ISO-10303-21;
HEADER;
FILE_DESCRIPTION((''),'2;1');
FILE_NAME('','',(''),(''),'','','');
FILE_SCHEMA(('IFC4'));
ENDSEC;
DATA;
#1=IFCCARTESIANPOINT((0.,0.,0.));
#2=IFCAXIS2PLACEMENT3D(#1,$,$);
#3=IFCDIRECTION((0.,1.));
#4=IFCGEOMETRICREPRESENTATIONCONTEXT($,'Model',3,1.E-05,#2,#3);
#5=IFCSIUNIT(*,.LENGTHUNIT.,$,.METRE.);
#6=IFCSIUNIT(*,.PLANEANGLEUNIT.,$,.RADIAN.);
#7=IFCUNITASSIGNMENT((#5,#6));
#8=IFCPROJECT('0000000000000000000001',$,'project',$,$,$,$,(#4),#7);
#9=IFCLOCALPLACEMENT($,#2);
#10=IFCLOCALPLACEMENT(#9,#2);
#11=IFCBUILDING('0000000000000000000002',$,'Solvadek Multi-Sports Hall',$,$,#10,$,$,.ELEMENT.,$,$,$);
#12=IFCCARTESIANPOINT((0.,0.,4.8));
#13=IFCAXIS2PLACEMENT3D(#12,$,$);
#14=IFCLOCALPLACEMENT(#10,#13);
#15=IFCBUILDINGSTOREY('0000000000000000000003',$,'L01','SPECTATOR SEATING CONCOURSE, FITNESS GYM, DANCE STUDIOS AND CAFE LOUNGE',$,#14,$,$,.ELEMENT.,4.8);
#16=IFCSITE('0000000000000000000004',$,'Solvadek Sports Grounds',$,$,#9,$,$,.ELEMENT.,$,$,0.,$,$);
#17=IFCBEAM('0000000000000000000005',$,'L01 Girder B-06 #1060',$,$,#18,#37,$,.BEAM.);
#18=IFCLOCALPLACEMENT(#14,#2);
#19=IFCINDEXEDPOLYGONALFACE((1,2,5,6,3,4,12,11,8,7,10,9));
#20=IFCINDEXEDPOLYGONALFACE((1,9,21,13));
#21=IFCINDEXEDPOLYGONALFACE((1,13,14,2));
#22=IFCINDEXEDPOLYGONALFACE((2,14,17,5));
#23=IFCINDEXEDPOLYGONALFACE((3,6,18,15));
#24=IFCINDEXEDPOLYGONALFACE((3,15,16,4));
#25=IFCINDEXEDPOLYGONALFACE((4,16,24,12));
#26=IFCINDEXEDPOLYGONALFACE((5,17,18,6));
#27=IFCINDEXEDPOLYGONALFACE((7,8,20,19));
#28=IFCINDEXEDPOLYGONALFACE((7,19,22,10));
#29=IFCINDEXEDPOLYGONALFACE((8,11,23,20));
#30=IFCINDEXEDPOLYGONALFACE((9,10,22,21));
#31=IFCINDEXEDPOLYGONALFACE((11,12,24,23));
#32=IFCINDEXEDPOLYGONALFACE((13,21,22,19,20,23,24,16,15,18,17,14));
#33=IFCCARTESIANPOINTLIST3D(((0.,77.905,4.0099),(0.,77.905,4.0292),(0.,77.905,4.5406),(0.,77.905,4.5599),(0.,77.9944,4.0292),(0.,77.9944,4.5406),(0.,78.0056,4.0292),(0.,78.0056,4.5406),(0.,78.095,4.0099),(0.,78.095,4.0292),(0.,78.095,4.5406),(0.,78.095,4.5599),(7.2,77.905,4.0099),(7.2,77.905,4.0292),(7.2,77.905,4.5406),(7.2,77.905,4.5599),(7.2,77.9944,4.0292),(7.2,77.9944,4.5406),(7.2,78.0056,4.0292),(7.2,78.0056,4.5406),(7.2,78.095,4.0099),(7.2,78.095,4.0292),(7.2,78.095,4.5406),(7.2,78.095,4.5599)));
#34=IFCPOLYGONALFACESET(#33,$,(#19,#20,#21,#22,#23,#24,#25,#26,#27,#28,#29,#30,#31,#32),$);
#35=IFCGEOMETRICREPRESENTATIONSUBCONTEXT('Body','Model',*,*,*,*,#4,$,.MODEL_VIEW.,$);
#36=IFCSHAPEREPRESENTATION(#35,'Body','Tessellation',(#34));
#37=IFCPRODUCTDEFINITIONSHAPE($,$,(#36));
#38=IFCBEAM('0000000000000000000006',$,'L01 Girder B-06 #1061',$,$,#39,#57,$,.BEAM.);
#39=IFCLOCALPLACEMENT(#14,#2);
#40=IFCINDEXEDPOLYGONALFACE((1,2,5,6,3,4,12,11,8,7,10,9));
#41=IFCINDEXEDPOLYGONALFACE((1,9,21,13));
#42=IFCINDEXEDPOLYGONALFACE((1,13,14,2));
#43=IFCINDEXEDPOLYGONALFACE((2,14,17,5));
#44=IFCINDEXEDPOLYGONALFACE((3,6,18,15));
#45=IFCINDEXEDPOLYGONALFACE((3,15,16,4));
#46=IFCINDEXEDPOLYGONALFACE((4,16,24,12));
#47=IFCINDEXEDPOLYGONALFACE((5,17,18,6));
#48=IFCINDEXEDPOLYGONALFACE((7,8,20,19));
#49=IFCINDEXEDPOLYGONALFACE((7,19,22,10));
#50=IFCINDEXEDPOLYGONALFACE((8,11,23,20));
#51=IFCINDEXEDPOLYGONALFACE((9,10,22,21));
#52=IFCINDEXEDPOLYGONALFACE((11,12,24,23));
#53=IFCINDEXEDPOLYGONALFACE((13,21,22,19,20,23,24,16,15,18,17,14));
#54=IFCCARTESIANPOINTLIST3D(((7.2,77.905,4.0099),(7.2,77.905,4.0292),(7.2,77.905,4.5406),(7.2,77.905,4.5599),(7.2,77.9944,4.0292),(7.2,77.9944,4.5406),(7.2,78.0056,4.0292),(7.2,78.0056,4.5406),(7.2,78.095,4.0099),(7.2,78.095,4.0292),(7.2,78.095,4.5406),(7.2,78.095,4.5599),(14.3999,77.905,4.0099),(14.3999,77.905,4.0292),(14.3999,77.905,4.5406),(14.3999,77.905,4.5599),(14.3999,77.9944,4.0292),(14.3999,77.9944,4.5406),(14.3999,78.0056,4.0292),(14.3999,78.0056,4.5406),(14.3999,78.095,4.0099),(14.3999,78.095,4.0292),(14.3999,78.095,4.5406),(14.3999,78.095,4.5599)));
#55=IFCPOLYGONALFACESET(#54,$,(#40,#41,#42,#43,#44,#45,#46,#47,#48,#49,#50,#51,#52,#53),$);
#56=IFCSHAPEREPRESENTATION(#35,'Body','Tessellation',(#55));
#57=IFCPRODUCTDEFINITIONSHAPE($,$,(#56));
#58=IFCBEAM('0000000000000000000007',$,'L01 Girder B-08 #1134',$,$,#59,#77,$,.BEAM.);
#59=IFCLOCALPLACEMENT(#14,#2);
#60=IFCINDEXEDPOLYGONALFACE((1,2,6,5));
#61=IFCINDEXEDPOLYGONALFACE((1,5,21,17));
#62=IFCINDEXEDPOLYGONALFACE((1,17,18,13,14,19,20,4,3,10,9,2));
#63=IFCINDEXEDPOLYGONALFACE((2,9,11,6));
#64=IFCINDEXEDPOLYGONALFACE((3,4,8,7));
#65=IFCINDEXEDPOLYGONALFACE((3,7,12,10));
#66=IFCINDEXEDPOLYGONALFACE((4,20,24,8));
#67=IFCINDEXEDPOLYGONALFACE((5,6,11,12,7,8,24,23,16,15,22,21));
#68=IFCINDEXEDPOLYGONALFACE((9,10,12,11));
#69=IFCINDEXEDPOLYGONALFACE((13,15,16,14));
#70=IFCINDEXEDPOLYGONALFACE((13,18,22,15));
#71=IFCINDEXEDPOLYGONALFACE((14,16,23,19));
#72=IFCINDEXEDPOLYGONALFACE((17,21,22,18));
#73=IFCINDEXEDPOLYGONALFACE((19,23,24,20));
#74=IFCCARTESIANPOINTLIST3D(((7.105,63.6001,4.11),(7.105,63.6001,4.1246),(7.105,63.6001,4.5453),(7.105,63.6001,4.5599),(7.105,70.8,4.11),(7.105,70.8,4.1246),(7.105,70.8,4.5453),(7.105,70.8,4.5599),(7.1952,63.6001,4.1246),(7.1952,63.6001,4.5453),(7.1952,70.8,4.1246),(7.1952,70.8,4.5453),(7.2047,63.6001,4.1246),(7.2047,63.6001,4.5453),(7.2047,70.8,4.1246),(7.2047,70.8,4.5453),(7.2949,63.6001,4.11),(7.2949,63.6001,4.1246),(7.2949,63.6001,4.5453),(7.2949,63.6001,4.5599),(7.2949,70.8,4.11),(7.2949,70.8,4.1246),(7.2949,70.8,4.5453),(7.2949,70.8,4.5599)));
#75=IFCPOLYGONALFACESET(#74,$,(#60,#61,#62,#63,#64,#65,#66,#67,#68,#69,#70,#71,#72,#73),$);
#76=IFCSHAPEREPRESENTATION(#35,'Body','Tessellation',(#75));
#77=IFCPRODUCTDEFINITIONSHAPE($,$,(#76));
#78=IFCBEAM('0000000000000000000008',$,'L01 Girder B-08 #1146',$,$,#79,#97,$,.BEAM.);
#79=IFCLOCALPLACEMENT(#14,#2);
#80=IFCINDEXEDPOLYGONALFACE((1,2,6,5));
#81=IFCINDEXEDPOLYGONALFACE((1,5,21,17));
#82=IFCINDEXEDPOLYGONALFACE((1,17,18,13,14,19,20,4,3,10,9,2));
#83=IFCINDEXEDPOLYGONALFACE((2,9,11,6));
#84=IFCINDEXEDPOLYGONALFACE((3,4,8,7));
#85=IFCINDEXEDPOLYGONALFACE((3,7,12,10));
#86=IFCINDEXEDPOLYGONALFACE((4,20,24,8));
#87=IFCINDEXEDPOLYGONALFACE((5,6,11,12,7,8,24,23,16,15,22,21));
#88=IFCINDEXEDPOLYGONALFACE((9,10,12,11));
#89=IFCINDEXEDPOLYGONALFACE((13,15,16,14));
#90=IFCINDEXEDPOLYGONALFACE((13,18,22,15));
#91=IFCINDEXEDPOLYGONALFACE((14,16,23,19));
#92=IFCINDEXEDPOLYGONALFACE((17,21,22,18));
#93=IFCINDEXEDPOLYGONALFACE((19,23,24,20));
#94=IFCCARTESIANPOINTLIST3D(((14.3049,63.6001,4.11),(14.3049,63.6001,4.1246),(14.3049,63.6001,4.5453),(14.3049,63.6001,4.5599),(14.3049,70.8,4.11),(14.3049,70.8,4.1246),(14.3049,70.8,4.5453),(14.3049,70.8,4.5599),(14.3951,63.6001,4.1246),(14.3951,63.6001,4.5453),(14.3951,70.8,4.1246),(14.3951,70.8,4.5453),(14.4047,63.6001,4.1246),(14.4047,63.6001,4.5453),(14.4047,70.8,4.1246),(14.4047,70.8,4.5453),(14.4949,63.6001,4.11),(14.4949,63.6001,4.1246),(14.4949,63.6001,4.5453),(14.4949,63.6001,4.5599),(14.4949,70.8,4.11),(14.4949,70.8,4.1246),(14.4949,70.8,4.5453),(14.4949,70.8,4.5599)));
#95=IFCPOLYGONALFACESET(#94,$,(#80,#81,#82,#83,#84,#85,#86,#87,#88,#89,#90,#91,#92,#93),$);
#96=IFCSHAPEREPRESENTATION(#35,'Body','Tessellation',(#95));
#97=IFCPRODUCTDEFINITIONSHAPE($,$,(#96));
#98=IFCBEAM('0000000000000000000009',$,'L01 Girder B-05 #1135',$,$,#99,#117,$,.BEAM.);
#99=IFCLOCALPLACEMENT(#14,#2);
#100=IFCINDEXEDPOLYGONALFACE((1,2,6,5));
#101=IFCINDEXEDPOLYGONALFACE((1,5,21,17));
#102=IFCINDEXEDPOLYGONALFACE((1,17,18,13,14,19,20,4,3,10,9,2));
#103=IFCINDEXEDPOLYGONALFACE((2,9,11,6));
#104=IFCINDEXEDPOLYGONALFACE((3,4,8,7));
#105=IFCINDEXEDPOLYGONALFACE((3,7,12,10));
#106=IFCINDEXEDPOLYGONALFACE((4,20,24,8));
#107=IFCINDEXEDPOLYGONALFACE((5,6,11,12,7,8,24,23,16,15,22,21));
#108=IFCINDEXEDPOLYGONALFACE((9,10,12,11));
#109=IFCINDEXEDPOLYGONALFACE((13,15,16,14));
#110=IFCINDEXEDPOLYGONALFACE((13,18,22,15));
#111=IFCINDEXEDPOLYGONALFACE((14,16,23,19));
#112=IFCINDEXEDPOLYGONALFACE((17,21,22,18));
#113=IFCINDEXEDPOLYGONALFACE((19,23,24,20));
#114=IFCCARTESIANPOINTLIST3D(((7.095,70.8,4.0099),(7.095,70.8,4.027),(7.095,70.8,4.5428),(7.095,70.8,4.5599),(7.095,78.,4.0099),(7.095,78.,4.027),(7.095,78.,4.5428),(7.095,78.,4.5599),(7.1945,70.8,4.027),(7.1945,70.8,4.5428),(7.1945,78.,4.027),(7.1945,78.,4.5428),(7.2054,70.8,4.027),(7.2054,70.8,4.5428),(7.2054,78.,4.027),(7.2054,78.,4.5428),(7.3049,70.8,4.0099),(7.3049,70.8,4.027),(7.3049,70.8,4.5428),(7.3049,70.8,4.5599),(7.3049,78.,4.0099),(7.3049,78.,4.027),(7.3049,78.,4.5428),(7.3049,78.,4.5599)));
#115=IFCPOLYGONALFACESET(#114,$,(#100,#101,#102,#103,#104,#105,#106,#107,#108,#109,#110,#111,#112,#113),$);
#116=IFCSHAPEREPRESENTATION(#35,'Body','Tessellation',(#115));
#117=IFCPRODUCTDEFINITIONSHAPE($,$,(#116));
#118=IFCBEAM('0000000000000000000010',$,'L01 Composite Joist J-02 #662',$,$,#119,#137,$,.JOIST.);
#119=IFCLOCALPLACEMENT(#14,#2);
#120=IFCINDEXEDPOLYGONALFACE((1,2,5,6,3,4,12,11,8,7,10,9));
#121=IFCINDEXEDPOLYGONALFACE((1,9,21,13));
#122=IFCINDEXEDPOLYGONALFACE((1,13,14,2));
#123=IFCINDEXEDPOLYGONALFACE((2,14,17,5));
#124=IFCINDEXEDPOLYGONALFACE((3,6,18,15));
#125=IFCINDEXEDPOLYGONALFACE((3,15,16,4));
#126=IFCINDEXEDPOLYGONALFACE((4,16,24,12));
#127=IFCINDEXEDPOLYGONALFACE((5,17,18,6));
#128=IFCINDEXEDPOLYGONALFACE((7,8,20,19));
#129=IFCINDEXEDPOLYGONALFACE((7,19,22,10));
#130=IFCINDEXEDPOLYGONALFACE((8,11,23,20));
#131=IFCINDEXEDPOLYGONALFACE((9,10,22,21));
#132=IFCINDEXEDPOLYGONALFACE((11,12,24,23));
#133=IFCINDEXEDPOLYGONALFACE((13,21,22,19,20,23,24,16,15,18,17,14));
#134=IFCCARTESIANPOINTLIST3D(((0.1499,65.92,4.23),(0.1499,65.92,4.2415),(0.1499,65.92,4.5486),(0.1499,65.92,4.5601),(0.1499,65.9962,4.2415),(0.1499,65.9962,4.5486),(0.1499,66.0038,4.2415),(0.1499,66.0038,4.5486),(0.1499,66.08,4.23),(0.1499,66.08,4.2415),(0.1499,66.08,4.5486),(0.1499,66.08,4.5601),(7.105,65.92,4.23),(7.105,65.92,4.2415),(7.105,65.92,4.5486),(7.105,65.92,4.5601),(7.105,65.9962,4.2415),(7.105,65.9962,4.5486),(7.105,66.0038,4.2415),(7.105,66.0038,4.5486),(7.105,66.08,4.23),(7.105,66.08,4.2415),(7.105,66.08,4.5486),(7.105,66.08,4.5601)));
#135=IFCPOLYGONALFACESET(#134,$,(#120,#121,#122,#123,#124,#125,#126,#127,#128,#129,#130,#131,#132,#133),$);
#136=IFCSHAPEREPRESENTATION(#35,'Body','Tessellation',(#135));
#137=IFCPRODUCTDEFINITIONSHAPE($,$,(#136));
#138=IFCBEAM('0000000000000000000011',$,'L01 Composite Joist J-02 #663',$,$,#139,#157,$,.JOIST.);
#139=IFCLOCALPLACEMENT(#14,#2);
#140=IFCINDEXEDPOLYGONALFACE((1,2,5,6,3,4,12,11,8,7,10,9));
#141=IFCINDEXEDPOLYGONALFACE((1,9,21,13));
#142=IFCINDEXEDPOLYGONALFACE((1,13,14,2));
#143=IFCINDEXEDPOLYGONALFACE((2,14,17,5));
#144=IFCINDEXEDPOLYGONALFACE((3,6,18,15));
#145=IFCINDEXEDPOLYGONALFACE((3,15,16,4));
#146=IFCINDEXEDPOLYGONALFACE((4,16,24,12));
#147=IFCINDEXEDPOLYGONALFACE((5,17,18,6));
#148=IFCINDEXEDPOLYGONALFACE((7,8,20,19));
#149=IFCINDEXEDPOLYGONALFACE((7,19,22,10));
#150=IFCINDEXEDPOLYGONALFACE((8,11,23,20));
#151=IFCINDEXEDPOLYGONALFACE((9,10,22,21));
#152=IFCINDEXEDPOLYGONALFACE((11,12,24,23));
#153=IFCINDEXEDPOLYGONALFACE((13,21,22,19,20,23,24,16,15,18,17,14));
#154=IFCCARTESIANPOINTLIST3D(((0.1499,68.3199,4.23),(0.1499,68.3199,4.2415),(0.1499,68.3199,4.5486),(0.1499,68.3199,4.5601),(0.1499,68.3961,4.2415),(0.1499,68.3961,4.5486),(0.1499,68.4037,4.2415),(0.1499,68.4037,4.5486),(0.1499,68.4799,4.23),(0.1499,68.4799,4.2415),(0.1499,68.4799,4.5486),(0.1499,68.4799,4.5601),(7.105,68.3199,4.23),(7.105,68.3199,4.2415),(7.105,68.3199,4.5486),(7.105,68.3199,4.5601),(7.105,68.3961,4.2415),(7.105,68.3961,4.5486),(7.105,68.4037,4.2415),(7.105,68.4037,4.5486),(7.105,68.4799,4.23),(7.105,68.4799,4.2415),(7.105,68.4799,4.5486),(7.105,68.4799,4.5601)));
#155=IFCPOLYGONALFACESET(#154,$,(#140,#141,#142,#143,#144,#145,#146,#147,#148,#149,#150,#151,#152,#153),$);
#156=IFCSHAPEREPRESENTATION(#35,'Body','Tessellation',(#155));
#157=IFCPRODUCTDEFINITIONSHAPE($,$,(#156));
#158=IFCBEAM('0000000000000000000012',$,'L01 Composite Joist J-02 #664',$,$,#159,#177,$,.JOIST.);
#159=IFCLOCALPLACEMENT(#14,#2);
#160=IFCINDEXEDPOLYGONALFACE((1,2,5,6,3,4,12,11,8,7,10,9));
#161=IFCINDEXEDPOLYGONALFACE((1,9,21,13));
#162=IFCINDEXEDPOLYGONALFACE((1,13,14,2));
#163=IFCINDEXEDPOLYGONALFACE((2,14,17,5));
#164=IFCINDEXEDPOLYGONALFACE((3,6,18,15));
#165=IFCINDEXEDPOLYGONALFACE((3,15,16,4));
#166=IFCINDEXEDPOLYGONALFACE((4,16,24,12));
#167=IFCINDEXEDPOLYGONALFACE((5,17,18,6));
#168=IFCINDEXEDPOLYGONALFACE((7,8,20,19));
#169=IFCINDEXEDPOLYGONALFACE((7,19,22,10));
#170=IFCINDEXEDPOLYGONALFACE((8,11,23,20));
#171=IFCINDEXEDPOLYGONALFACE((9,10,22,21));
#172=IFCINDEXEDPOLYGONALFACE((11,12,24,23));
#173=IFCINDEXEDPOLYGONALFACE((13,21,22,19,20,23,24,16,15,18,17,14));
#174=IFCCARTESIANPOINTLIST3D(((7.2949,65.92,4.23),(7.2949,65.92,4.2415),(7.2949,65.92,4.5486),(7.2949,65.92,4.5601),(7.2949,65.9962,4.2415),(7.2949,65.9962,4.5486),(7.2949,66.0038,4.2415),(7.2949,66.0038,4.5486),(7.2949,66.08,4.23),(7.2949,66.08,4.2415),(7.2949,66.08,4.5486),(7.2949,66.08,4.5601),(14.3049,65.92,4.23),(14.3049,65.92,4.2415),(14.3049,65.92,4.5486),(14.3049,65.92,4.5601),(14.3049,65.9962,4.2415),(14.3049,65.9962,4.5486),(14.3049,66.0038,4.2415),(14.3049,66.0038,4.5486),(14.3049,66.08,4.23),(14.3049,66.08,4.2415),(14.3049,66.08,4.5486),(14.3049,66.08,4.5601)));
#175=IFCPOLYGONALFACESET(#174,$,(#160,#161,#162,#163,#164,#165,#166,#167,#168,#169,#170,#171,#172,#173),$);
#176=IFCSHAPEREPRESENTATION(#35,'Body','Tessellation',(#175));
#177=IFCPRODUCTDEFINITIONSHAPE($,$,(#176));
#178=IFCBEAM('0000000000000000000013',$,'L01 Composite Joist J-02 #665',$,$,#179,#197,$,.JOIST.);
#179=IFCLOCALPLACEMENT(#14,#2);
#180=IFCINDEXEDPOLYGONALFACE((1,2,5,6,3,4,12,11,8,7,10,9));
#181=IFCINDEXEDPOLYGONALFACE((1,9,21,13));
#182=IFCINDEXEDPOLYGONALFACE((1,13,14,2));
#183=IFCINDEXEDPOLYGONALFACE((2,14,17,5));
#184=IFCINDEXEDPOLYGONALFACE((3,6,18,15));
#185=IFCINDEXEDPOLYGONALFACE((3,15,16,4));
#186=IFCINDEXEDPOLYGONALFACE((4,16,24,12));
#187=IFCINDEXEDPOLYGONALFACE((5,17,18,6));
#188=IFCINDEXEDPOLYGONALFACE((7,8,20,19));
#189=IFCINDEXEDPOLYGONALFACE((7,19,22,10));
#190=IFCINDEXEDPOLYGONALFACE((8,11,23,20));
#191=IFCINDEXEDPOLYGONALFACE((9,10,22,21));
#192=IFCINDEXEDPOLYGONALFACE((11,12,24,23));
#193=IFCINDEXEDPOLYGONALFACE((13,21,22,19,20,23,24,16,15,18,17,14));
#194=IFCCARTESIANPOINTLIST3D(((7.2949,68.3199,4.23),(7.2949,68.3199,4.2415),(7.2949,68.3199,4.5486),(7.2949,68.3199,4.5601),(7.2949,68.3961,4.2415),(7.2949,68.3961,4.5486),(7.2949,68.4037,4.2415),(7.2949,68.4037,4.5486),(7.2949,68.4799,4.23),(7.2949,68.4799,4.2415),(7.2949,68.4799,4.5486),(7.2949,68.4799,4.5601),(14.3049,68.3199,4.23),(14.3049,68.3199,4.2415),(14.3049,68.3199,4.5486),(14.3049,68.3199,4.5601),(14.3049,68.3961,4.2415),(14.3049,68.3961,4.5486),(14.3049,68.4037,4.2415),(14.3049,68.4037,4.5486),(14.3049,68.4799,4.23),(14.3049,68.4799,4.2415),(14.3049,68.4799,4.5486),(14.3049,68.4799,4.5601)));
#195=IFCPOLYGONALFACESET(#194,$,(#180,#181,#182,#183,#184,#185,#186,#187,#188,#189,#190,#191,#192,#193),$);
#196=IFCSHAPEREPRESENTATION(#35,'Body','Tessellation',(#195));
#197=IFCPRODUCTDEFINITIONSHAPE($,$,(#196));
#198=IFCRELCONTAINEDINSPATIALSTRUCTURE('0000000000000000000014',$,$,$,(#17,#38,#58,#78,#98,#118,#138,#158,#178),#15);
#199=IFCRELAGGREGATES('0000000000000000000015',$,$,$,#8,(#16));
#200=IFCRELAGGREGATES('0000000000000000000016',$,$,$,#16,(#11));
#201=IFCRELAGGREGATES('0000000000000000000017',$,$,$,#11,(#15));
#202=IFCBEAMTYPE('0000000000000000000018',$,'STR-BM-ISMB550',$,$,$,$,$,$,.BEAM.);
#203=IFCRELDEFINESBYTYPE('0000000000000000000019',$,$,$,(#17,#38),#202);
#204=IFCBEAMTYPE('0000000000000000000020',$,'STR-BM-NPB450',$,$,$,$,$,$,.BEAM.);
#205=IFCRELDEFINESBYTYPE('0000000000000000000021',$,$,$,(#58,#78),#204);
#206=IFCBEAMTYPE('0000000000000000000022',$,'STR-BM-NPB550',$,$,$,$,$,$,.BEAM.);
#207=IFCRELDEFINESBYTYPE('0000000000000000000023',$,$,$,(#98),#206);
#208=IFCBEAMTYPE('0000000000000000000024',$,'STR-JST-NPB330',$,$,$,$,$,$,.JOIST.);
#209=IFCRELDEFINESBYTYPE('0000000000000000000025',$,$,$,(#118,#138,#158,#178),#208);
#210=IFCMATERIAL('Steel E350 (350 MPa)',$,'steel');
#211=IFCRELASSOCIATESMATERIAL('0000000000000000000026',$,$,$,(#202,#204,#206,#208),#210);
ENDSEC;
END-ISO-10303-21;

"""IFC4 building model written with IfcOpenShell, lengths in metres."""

from ifc_helpers import new_model, si_unit, direction, frame, origin, origin_2d, place, context, subcontext, project, spatial, i_section, extrude, material, material_profile, profile_set, type_object, element, save


model = new_model("IFC4")

# Units and contexts
model_context = context("Model", 3, precision=1e-05, world=origin(), true_north=direction((0.0, 1.0)))
body_context = subcontext(model_context, "Body", "Model", "MODEL_VIEW")
ifc_project = project(units=[si_unit("LENGTHUNIT", "METRE"), si_unit("PLANEANGLEUNIT", "RADIAN")], contexts=[model_context])

# Site, building, storey
site_placement = place(None, origin())
site = spatial("IfcSite", under=ifc_project, at=site_placement, Name="Solvadek Sports Grounds", CompositionType="ELEMENT", RefElevation=0.0)
building_placement = place(site_placement, origin())
building = spatial("IfcBuilding", under=site, at=building_placement, Name="Solvadek Multi-Sports Hall", CompositionType="ELEMENT")
storey_placement = place(building_placement, frame((0.0, 0.0, 4.8)))
storey = spatial("IfcBuildingStorey", under=building, at=storey_placement, Name="L01", Description="SPECTATOR SEATING CONCOURSE, FITNESS GYM, DANCE STUDIOS AND CAFE LOUNGE", CompositionType="ELEMENT", Elevation=4.8)

# Shared definitions
ifc_material_1 = material(Name="Steel E350 (350 MPa)", Category="steel")

# Beams
ifc_material_profile_1 = material_profile(ifc_material_1, i_section(OverallWidth=0.1899, OverallDepth=0.55, WebThickness=0.0112, FlangeThickness=0.0193, at=origin_2d()), Name="ISMB 550")
ifc_profile_set_1 = profile_set([ifc_material_profile_1], Name="Steel E350 (350 MPa)")
beam_type_1 = type_object("IfcBeamType", Name="STR-BM-ISMB550", PredefinedType="BEAM", material=ifc_profile_set_1)
for number, where, z_axis, x_axis, name in (
    (1, (0.0, 78.0, 4.2849), (1.0, 0.0, 0.0), (0.0, 1.0, 0.0), "L01 Girder B-06 #1060"),
    (2, (7.2, 78.0, 4.2849), (1.0, 0.0, 0.0), (0.0, 1.0, 0.0), "L01 Girder B-06 #1061"),
):
    element("IfcBeam", number, at=place(storey_placement, frame(where, z_axis=z_axis, x_axis=x_axis)), inside=storey, type_object=beam_type_1, Name=name, PredefinedType="BEAM", context=body_context, shape_type="SweptSolid", body=[
        extrude(i_section(OverallWidth=0.1899, OverallDepth=0.55, WebThickness=0.0112, FlangeThickness=0.0193, at=origin_2d()), origin(), (0.0, 0.0, 1.0), 7.2),
    ])
ifc_material_profile_2 = material_profile(ifc_material_1, i_section(OverallWidth=0.1899, OverallDepth=0.45, WebThickness=0.0095, FlangeThickness=0.0146, at=origin_2d()), Name="NPB 450")
ifc_profile_set_2 = profile_set([ifc_material_profile_2], Name="Steel E350 (350 MPa)")
beam_type_2 = type_object("IfcBeamType", Name="STR-BM-NPB450", PredefinedType="BEAM", material=ifc_profile_set_2)
for number, where, z_axis, x_axis, name in (
    (3, (7.2, 63.6001, 4.335), (0.0, 1.0, 0.0), (-1.0, 0.0, 0.0), "L01 Girder B-08 #1134"),
    (4, (14.3999, 63.6001, 4.335), (0.0, 1.0, 0.0), (-1.0, 0.0, 0.0), "L01 Girder B-08 #1146"),
):
    element("IfcBeam", number, at=place(storey_placement, frame(where, z_axis=z_axis, x_axis=x_axis)), inside=storey, type_object=beam_type_2, Name=name, PredefinedType="BEAM", context=body_context, shape_type="SweptSolid", body=[
        extrude(i_section(OverallWidth=0.1899, OverallDepth=0.45, WebThickness=0.0095, FlangeThickness=0.0146, at=origin_2d()), origin(), (0.0, 0.0, 1.0), 7.2),
    ])
ifc_material_profile_3 = material_profile(ifc_material_1, i_section(OverallWidth=0.21, OverallDepth=0.55, WebThickness=0.011, FlangeThickness=0.0171, at=origin_2d()), Name="NPB 550")
ifc_profile_set_3 = profile_set([ifc_material_profile_3], Name="Steel E350 (350 MPa)")
beam_type_3 = type_object("IfcBeamType", Name="STR-BM-NPB550", PredefinedType="BEAM", material=ifc_profile_set_3)
beam_1_placement = place(storey_placement, frame((7.2, 70.8, 4.2849), z_axis=(0.0, 1.0, 0.0), x_axis=(-1.0, 0.0, 0.0)))
element("IfcBeam", 5, at=beam_1_placement, inside=storey, type_object=beam_type_3, Name="L01 Girder B-05 #1135", PredefinedType="BEAM", context=body_context, shape_type="SweptSolid", body=[
    extrude(i_section(OverallWidth=0.21, OverallDepth=0.55, WebThickness=0.011, FlangeThickness=0.0171, at=origin_2d()), origin(), (0.0, 0.0, 1.0), 7.2),
])
ifc_material_profile_4 = material_profile(ifc_material_1, i_section(OverallWidth=0.1599, OverallDepth=0.3301, WebThickness=0.0076, FlangeThickness=0.0115, at=origin_2d()), Name="NPB 330")
ifc_profile_set_4 = profile_set([ifc_material_profile_4], Name="Steel E350 (350 MPa)")
beam_type_4 = type_object("IfcBeamType", Name="STR-JST-NPB330", PredefinedType="JOIST", material=ifc_profile_set_4)
for number, where, z_axis, x_axis, name in (
    (6, (0.1499, 66.0, 4.395), (1.0, 0.0, 0.0), (0.0, 1.0, 0.0), "L01 Composite Joist J-02 #662"),
    (7, (0.1499, 68.3999, 4.395), (1.0, 0.0, 0.0), (0.0, 1.0, 0.0), "L01 Composite Joist J-02 #663"),
):
    element("IfcBeam", number, at=place(storey_placement, frame(where, z_axis=z_axis, x_axis=x_axis)), inside=storey, type_object=beam_type_4, Name=name, PredefinedType="JOIST", context=body_context, shape_type="SweptSolid", body=[
        extrude(i_section(OverallWidth=0.1599, OverallDepth=0.3301, WebThickness=0.0076, FlangeThickness=0.0115, at=origin_2d()), origin(), (0.0, 0.0, 1.0), 6.9551),
    ])
for number, where, z_axis, x_axis, name in (
    (8, (7.2949, 66.0, 4.395), (1.0, 0.0, 0.0), (0.0, 1.0, 0.0), "L01 Composite Joist J-02 #664"),
    (9, (7.2949, 68.3999, 4.395), (1.0, 0.0, 0.0), (0.0, 1.0, 0.0), "L01 Composite Joist J-02 #665"),
):
    element("IfcBeam", number, at=place(storey_placement, frame(where, z_axis=z_axis, x_axis=x_axis)), inside=storey, type_object=beam_type_4, Name=name, PredefinedType="JOIST", context=body_context, shape_type="SweptSolid", body=[
        extrude(i_section(OverallWidth=0.1599, OverallDepth=0.3301, WebThickness=0.0076, FlangeThickness=0.0115, at=origin_2d()), origin(), (0.0, 0.0, 1.0), 7.01),
    ])

save(model, "model.ifc")
